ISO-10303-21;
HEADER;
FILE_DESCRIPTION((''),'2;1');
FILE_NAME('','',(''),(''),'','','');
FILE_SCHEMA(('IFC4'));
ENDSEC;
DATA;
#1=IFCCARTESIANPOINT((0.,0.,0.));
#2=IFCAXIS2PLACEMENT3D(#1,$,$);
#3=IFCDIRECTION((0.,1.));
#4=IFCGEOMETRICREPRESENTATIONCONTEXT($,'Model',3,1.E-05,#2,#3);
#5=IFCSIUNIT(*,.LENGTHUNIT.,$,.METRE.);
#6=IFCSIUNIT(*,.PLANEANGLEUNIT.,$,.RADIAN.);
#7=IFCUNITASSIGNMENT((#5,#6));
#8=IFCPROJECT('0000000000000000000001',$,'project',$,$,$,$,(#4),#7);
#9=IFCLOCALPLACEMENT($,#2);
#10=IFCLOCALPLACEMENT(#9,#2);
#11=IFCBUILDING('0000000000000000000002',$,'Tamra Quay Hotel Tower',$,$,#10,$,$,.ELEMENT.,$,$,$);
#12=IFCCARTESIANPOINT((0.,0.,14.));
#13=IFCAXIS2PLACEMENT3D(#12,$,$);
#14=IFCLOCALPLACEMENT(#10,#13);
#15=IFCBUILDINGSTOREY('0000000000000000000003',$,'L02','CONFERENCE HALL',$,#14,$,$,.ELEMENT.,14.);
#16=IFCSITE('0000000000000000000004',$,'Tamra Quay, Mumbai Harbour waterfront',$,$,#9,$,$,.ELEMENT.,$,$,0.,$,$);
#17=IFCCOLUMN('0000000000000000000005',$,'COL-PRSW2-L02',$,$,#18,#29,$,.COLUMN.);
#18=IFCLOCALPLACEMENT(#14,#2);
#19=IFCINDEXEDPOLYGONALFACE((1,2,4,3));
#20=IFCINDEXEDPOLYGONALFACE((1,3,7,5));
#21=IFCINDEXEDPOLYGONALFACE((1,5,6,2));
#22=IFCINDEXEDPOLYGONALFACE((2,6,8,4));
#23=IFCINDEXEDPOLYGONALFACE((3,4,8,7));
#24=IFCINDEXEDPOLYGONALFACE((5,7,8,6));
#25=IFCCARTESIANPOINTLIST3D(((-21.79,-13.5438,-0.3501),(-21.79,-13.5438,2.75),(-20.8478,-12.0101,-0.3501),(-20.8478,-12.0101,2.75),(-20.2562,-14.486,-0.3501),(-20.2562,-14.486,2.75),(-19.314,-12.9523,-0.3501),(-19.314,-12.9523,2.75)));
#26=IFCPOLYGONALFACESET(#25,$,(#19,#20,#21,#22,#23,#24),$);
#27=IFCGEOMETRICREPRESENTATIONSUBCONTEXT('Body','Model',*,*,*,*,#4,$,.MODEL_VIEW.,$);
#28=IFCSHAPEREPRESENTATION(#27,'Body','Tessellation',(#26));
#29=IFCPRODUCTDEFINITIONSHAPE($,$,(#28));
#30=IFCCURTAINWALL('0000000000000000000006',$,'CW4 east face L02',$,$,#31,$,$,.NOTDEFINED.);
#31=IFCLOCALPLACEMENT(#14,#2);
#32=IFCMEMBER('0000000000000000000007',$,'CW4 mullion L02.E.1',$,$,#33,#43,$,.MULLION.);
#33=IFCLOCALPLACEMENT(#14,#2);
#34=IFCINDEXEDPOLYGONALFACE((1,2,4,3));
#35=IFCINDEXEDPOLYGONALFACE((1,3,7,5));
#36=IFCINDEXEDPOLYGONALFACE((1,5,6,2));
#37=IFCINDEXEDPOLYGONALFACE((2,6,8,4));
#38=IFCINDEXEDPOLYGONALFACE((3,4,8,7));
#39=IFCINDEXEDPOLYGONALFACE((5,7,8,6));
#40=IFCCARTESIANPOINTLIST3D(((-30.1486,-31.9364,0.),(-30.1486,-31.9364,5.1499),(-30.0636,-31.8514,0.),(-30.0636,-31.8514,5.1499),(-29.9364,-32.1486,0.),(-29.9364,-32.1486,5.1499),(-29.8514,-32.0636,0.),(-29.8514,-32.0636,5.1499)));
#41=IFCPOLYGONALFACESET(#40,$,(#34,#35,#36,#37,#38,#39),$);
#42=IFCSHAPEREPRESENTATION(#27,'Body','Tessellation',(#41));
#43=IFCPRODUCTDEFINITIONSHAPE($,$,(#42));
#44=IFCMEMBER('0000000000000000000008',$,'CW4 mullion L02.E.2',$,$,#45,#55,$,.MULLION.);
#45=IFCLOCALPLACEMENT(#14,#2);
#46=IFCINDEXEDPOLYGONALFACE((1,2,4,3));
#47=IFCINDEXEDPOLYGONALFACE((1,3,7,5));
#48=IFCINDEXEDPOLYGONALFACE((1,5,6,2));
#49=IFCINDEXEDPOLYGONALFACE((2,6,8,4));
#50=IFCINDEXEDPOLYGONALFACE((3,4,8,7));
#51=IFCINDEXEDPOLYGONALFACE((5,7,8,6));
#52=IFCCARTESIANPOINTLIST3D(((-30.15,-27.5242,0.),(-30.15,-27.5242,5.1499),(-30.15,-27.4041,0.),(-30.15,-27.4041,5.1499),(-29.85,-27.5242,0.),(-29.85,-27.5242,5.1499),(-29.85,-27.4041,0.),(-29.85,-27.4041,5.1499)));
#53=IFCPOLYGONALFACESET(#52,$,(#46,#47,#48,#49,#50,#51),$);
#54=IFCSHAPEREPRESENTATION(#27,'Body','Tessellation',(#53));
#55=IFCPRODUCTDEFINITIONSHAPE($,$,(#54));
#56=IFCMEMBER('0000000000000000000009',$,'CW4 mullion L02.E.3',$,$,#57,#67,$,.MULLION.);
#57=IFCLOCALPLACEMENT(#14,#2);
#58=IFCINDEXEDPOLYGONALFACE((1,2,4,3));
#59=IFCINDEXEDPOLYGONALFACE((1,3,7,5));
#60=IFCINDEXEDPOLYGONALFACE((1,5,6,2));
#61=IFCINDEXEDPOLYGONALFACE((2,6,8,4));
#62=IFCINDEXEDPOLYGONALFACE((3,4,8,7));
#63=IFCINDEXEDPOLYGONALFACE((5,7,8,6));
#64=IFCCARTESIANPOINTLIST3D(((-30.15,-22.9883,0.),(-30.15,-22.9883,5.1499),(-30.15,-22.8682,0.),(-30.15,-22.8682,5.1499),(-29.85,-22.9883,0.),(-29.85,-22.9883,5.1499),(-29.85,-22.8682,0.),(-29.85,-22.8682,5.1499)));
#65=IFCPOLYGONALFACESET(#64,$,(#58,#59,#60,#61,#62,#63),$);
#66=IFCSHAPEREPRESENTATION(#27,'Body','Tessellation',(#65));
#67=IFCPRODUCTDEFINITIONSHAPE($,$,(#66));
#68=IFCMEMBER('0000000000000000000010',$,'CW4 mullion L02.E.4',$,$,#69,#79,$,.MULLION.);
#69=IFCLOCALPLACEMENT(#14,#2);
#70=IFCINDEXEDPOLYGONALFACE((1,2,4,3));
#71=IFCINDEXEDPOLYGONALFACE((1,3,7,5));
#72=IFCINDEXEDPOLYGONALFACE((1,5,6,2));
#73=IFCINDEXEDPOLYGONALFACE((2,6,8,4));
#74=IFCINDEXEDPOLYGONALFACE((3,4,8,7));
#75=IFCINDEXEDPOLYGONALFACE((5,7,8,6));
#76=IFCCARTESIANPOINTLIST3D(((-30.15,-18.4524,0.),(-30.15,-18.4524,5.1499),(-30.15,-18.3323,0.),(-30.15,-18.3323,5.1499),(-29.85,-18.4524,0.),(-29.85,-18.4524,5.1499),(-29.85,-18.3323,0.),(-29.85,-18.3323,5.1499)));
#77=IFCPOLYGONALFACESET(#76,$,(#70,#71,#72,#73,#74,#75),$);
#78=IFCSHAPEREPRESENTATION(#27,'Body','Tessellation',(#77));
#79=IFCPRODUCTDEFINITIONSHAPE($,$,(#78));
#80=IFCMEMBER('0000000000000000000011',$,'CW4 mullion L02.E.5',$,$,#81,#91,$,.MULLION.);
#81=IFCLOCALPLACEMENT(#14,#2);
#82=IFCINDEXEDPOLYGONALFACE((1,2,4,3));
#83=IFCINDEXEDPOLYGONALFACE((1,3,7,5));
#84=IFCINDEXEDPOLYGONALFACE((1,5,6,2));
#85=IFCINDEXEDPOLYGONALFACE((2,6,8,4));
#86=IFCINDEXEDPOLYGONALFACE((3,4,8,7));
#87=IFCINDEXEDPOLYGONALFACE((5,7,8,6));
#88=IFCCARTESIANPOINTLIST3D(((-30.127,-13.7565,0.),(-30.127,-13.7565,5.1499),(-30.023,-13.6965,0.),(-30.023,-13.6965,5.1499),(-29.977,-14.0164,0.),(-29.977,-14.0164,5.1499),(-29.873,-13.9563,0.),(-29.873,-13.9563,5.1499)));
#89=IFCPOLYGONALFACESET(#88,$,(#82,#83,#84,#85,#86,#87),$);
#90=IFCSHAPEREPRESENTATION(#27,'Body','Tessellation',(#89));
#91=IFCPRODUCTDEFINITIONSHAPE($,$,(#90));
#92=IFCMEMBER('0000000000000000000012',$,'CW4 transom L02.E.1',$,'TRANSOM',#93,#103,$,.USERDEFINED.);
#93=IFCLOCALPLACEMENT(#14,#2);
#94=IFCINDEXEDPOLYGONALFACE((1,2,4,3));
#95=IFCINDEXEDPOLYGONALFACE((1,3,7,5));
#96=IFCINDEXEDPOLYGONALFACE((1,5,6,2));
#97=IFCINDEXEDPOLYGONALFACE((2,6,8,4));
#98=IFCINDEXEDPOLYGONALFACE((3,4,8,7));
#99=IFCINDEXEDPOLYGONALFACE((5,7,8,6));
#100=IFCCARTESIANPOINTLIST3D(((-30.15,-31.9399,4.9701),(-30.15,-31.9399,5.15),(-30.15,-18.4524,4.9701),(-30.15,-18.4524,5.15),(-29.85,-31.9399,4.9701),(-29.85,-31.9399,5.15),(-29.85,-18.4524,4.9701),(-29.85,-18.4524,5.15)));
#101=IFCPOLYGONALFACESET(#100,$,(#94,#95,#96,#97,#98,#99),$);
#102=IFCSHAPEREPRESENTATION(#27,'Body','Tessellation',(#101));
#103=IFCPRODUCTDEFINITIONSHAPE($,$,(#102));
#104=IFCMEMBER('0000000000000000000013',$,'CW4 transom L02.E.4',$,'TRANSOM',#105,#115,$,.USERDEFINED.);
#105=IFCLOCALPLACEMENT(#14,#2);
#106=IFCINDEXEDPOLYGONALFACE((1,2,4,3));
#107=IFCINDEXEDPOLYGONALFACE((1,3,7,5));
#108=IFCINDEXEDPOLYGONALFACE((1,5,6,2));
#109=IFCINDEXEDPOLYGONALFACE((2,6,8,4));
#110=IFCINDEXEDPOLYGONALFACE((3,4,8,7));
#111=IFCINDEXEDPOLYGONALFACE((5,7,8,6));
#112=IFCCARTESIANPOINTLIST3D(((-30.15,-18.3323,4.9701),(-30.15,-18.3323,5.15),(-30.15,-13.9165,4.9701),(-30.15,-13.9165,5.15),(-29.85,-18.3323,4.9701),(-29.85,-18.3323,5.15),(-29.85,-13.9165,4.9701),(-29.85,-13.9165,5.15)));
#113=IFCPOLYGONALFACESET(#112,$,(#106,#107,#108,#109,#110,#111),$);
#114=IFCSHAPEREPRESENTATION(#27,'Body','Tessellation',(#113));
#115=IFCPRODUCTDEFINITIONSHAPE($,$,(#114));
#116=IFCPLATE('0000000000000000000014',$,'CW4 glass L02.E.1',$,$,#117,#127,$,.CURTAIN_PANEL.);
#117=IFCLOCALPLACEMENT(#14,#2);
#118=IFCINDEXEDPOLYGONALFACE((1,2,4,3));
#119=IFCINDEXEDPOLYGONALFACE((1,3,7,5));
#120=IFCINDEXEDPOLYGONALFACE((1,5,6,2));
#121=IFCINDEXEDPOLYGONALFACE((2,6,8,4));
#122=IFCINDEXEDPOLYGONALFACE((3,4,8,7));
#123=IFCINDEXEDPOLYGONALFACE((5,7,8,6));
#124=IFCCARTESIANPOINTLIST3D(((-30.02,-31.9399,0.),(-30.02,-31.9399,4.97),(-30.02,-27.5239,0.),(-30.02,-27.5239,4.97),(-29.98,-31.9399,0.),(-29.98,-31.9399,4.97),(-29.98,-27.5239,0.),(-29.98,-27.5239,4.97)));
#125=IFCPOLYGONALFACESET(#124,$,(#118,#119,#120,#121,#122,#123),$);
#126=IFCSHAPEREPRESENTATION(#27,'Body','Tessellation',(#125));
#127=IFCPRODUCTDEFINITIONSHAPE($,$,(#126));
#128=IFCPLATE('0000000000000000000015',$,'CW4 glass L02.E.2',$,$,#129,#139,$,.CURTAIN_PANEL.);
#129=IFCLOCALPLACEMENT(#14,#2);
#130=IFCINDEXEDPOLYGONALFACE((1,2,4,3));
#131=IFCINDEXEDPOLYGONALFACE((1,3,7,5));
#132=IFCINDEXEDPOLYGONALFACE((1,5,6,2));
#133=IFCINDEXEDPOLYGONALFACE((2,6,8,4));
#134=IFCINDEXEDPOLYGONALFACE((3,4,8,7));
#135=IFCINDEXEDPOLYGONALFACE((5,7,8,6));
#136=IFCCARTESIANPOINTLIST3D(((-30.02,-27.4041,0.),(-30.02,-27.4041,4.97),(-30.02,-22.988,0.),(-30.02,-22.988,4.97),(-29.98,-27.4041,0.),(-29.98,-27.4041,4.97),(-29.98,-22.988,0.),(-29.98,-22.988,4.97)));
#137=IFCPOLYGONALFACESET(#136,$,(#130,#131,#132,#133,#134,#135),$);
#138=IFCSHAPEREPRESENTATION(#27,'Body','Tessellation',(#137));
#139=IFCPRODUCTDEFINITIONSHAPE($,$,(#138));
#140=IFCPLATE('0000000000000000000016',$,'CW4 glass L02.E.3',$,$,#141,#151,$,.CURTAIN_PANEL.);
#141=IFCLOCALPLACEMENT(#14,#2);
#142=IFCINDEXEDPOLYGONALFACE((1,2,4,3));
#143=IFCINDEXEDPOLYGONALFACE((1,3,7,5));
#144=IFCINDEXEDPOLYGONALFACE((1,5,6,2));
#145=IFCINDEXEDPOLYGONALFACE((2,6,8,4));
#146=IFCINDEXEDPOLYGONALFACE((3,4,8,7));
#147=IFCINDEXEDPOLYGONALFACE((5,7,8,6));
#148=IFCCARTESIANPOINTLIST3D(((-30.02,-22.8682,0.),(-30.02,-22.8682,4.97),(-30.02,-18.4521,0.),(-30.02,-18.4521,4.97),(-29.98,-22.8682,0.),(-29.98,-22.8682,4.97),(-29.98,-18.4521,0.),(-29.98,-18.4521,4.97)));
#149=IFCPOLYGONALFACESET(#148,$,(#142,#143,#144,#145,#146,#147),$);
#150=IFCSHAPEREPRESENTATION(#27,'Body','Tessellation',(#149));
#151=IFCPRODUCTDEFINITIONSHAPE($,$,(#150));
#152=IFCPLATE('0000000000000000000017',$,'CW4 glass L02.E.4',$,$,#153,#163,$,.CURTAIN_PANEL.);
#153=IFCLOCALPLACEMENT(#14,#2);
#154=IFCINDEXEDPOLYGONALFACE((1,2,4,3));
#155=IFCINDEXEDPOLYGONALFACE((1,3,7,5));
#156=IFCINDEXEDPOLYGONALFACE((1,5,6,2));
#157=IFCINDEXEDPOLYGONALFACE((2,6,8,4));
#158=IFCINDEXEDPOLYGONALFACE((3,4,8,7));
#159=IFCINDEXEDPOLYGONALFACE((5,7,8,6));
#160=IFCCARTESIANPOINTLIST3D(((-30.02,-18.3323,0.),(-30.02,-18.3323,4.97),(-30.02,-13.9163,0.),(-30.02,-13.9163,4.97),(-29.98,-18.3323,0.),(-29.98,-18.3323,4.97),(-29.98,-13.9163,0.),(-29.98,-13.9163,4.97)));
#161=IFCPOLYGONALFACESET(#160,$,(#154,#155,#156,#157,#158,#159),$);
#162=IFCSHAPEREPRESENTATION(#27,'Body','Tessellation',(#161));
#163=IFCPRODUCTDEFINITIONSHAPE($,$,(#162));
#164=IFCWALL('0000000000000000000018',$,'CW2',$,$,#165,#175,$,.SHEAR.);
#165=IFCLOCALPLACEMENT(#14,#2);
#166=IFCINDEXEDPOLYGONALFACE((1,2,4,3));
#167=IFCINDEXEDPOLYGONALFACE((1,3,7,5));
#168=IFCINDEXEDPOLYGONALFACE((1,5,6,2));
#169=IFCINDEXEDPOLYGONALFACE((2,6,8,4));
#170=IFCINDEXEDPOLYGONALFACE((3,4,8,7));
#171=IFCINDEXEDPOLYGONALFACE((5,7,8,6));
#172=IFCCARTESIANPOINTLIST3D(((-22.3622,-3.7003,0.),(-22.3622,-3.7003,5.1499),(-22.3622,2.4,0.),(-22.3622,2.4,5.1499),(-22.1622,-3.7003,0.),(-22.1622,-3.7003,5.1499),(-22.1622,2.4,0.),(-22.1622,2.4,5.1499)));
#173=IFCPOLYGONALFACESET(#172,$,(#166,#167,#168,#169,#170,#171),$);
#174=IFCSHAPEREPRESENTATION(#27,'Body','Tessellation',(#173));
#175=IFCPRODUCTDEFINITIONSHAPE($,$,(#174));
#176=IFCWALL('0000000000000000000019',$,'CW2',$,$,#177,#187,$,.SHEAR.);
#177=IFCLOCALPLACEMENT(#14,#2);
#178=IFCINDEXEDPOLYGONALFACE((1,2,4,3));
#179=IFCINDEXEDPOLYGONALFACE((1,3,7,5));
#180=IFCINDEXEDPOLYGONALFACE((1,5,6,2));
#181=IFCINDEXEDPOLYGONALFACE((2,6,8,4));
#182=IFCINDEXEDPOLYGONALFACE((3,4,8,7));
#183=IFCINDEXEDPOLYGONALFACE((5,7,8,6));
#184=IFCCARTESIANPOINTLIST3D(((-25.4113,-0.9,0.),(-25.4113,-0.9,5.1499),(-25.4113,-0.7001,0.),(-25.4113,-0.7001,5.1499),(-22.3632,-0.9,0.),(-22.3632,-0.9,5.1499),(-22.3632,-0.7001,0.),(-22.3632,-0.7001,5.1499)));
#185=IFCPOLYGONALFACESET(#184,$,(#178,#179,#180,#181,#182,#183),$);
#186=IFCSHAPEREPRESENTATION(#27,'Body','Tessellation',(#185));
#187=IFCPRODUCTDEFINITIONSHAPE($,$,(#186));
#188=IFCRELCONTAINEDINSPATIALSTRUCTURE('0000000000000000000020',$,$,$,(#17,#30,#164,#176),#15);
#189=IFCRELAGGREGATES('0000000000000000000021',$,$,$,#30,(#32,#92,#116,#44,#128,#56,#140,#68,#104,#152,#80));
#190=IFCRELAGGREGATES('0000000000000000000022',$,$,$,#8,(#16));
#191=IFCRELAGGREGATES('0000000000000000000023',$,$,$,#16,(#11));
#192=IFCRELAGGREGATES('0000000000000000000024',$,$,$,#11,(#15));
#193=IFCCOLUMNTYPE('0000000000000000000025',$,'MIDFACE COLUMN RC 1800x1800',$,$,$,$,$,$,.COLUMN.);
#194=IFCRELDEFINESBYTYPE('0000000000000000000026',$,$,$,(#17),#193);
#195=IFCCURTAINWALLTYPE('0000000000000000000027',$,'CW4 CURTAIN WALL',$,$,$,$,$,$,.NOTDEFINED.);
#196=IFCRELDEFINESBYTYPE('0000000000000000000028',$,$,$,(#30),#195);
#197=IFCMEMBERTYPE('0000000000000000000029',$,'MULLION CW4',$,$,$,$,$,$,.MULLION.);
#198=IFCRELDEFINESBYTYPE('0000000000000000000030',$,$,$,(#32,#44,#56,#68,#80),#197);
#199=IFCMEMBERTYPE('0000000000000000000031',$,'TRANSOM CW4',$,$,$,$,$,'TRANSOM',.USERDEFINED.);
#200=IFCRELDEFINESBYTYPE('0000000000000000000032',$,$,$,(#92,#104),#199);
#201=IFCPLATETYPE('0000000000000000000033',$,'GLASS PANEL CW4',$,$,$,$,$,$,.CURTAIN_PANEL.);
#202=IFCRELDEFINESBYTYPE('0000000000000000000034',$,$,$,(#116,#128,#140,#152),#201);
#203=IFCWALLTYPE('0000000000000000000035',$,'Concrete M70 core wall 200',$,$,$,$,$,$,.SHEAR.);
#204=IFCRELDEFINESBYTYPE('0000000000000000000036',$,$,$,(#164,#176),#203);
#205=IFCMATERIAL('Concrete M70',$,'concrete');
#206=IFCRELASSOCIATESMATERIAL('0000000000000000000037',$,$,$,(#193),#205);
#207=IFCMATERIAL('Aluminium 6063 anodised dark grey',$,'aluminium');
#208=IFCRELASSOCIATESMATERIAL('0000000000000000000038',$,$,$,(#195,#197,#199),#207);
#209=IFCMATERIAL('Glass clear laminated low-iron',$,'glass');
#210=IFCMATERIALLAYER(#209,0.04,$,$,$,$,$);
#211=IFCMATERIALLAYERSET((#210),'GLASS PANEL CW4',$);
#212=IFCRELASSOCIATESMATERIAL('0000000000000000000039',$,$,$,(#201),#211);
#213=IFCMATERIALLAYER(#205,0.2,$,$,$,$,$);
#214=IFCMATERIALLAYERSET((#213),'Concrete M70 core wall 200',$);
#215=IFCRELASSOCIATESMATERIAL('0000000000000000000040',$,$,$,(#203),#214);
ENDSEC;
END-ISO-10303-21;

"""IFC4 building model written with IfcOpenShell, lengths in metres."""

from ifc_helpers import new_model, si_unit, direction, frame, frame_2d, origin, origin_2d, place, context, subcontext, project, spatial, rectangle, extrude, material, layer, layer_set, material_profile, profile_set, type_object, element, aggregate, save


model = new_model("IFC4")

# Units and contexts
model_context = context("Model", 3, precision=1e-05, world=origin(), true_north=direction((0.0, 1.0)))
body_context = subcontext(model_context, "Body", "Model", "MODEL_VIEW")
ifc_project = project(units=[si_unit("LENGTHUNIT", "METRE"), si_unit("PLANEANGLEUNIT", "RADIAN")], contexts=[model_context])

# Site, building, storey
site_placement = place(None, origin())
site = spatial("IfcSite", under=ifc_project, at=site_placement, Name="Tamra Quay, Mumbai Harbour waterfront", CompositionType="ELEMENT", RefElevation=0.0)
building_placement = place(site_placement, origin())
building = spatial("IfcBuilding", under=site, at=building_placement, Name="Tamra Quay Hotel Tower", CompositionType="ELEMENT")
storey_placement = place(building_placement, frame((0.0, 0.0, 14.0)))
storey = spatial("IfcBuildingStorey", under=building, at=storey_placement, Name="L02", Description="CONFERENCE HALL", CompositionType="ELEMENT", Elevation=14.0)

# Column
ifc_material_1 = material(Name="Concrete M70", Category="concrete")
ifc_material_profile_1 = material_profile(ifc_material_1, rectangle(XDim=1.8, YDim=1.8, at=origin_2d()), Name="MIDFACE COLUMN RC 1800x1800")
ifc_profile_set_1 = profile_set([ifc_material_profile_1], Name="Concrete M70")
column_type = type_object("IfcColumnType", Name="MIDFACE COLUMN RC 1800x1800", PredefinedType="COLUMN", material=ifc_profile_set_1)
column_placement = place(storey_placement, frame((-20.552, -13.248, -0.3501), z_axis=(0.0, 0.0, 1.0), x_axis=(0.52343, 0.852069, 0.0)))
element("IfcColumn", 1, at=column_placement, inside=storey, type_object=column_type, Name="COL-PRSW2-L02", PredefinedType="COLUMN", context=body_context, shape_type="SweptSolid", body=[
    extrude(rectangle(XDim=1.8, YDim=1.8, at=origin_2d()), origin(), (0.0, 0.0, 1.0), 3.1001),
])

# Curtain wall, members, plates
ifc_material_2 = material(Name="Aluminium 6063 anodised dark grey", Category="aluminium")
curtain_wall_type = type_object("IfcCurtainWallType", Name="CW4 CURTAIN WALL", PredefinedType="NOTDEFINED", material=ifc_material_2)
curtain_wall_placement = place(storey_placement, origin())
curtain_wall = element("IfcCurtainWall", 2, at=curtain_wall_placement, inside=storey, type_object=curtain_wall_type, Name="CW4 east face L02", PredefinedType="NOTDEFINED")
ifc_material_profile_2 = material_profile(ifc_material_2, rectangle(XDim=0.3, YDim=0.1201, at=origin_2d()), Name="MULLION 120X300")
ifc_profile_set_2 = profile_set([ifc_material_profile_2], Name="Aluminium 6063 anodised dark grey")
member_type_1 = type_object("IfcMemberType", Name="MULLION CW4", PredefinedType="MULLION", material=ifc_profile_set_2)
member_1_placement = place(storey_placement, frame((-30.0, -32.0, 0.0), z_axis=(0.0, 0.0, 1.0), x_axis=(0.707107, -0.707107, 0.0)))
member_1 = element("IfcMember", 3, at=member_1_placement, type_object=member_type_1, Name="CW4 mullion L02.E.1", PredefinedType="MULLION", context=body_context, shape_type="SweptSolid", body=[
    extrude(rectangle(XDim=0.3, YDim=0.1201, at=origin_2d()), origin(), (0.0, 0.0, 1.0), 5.1499),
])
member_2_placement = place(storey_placement, frame((-30.0, -27.4641, 0.0), z_axis=(0.0, 0.0, 1.0), x_axis=(1.0, 0.0, 0.0)))
member_2 = element("IfcMember", 4, at=member_2_placement, type_object=member_type_1, Name="CW4 mullion L02.E.2", PredefinedType="MULLION", context=body_context, shape_type="SweptSolid", body=[
    extrude(rectangle(XDim=0.3, YDim=0.1201, at=origin_2d()), origin(), (0.0, 0.0, 1.0), 5.1499),
])
member_3_placement = place(storey_placement, frame((-30.0, -22.9282, 0.0), z_axis=(0.0, 0.0, 1.0), x_axis=(1.0, 0.0, 0.0)))
member_3 = element("IfcMember", 5, at=member_3_placement, type_object=member_type_1, Name="CW4 mullion L02.E.3", PredefinedType="MULLION", context=body_context, shape_type="SweptSolid", body=[
    extrude(rectangle(XDim=0.3, YDim=0.1201, at=origin_2d()), origin(), (0.0, 0.0, 1.0), 5.1499),
])
member_4_placement = place(storey_placement, frame((-30.0, -18.3923, 0.0), z_axis=(0.0, 0.0, 1.0), x_axis=(1.0, 0.0, 0.0)))
member_4 = element("IfcMember", 6, at=member_4_placement, type_object=member_type_1, Name="CW4 mullion L02.E.4", PredefinedType="MULLION", context=body_context, shape_type="SweptSolid", body=[
    extrude(rectangle(XDim=0.3, YDim=0.1201, at=origin_2d()), origin(), (0.0, 0.0, 1.0), 5.1499),
])
member_5_placement = place(storey_placement, frame((-30.0, -13.8564, 0.0), z_axis=(0.0, 0.0, 1.0), x_axis=(0.5, -0.866025, 0.0)))
member_5 = element("IfcMember", 7, at=member_5_placement, type_object=member_type_1, Name="CW4 mullion L02.E.5", PredefinedType="MULLION", context=body_context, shape_type="SweptSolid", body=[
    extrude(rectangle(XDim=0.3, YDim=0.1201, at=origin_2d()), origin(), (0.0, 0.0, 1.0), 5.1499),
])
ifc_material_profile_3 = material_profile(ifc_material_2, rectangle(XDim=0.3, YDim=0.1799, at=origin_2d()), Name="TRANSOM 300X180")
ifc_profile_set_3 = profile_set([ifc_material_profile_3], Name="Aluminium 6063 anodised dark grey")
member_type_2 = type_object("IfcMemberType", Name="TRANSOM CW4", ElementType="TRANSOM", PredefinedType="USERDEFINED", material=ifc_profile_set_3)
member_6_placement = place(storey_placement, frame((-30.0, -31.9399, 5.0601), z_axis=(0.0, 1.0, 0.0), x_axis=(-1.0, 0.0, 0.0)))
member_6 = element("IfcMember", 8, at=member_6_placement, type_object=member_type_2, Name="CW4 transom L02.E.1", ObjectType="TRANSOM", PredefinedType="USERDEFINED", context=body_context, shape_type="SweptSolid", body=[
    extrude(rectangle(XDim=0.3, YDim=0.1799, at=origin_2d()), origin(), (0.0, 0.0, 1.0), 13.4875),
])
member_7_placement = place(storey_placement, frame((-30.0, -18.3323, 5.0601), z_axis=(0.0, 1.0, 0.0), x_axis=(-1.0, 0.0, 0.0)))
member_7 = element("IfcMember", 9, at=member_7_placement, type_object=member_type_2, Name="CW4 transom L02.E.4", ObjectType="TRANSOM", PredefinedType="USERDEFINED", context=body_context, shape_type="SweptSolid", body=[
    extrude(rectangle(XDim=0.3, YDim=0.1799, at=origin_2d()), origin(), (0.0, 0.0, 1.0), 4.4158),
])
ifc_material_3 = material(Name="Glass clear laminated low-iron", Category="glass")
ifc_layer_1 = layer(ifc_material_3, 0.04)
ifc_layer_set_1 = layer_set([ifc_layer_1], Name="GLASS PANEL CW4")
plate_type = type_object("IfcPlateType", Name="GLASS PANEL CW4", PredefinedType="CURTAIN_PANEL", material=ifc_layer_set_1)
plate_1_placement = place(storey_placement, frame((-30.0, -29.7319, 0.0), z_axis=(0.0, 0.0, 1.0), x_axis=(0.0, 1.0, 0.0)))
plate_1 = element("IfcPlate", 10, at=plate_1_placement, type_object=plate_type, Name="CW4 glass L02.E.1", PredefinedType="CURTAIN_PANEL", context=body_context, shape_type="SweptSolid", body=[
    extrude(rectangle(XDim=4.416, YDim=0.04, at=origin_2d()), origin(), (0.0, 0.0, 1.0), 4.97),
])
plate_2_placement = place(storey_placement, frame((-30.0, -25.196, 0.0), z_axis=(0.0, 0.0, 1.0), x_axis=(0.0, 1.0, 0.0)))
plate_2 = element("IfcPlate", 11, at=plate_2_placement, type_object=plate_type, Name="CW4 glass L02.E.2", PredefinedType="CURTAIN_PANEL", context=body_context, shape_type="SweptSolid", body=[
    extrude(rectangle(XDim=4.416, YDim=0.04, at=origin_2d()), origin(), (0.0, 0.0, 1.0), 4.97),
])
plate_3_placement = place(storey_placement, frame((-30.0, -20.6602, 0.0), z_axis=(0.0, 0.0, 1.0), x_axis=(0.0, 1.0, 0.0)))
plate_3 = element("IfcPlate", 12, at=plate_3_placement, type_object=plate_type, Name="CW4 glass L02.E.3", PredefinedType="CURTAIN_PANEL", context=body_context, shape_type="SweptSolid", body=[
    extrude(rectangle(XDim=4.416, YDim=0.04, at=origin_2d()), origin(), (0.0, 0.0, 1.0), 4.97),
])
plate_4_placement = place(storey_placement, frame((-30.0, -16.1243, 0.0), z_axis=(0.0, 0.0, 1.0), x_axis=(0.0, 1.0, 0.0)))
plate_4 = element("IfcPlate", 13, at=plate_4_placement, type_object=plate_type, Name="CW4 glass L02.E.4", PredefinedType="CURTAIN_PANEL", context=body_context, shape_type="SweptSolid", body=[
    extrude(rectangle(XDim=4.416, YDim=0.04, at=origin_2d()), origin(), (0.0, 0.0, 1.0), 4.97),
])
aggregate(curtain_wall, [member_1, member_6, plate_1, member_2, plate_2, member_3, plate_3, member_4, member_7, plate_4, member_5])

# Walls
ifc_layer_2 = layer(ifc_material_1, 0.2)
ifc_layer_set_2 = layer_set([ifc_layer_2], Name="Concrete M70 core wall 200")
wall_type_1 = type_object("IfcWallType", Name="Concrete M70 core wall 200", PredefinedType="SHEAR", material=ifc_layer_set_2)
wall_1_placement = place(storey_placement, frame((-22.2622, 2.4001, 0.0), z_axis=(0.0, 0.0, 1.0), x_axis=(0.0, -1.0, 0.0)))
element("IfcWall", 14, at=wall_1_placement, inside=storey, type_object=wall_type_1, Name="CW2", PredefinedType="SHEAR", context=body_context, shape_type="SweptSolid", body=[
    extrude(rectangle(XDim=6.1003, YDim=0.2, at=frame_2d((3.0503, 0.0))), origin(), (0.0, 0.0, 1.0), 5.1499),
])
wall_2_placement = place(storey_placement, frame((-22.3633, -0.8, 0.0), z_axis=(0.0, 0.0, 1.0), x_axis=(-1.0, 0.0, 0.0)))
element("IfcWall", 15, at=wall_2_placement, inside=storey, type_object=wall_type_1, Name="CW2", PredefinedType="SHEAR", context=body_context, shape_type="SweptSolid", body=[
    extrude(rectangle(XDim=3.0481, YDim=0.2, at=frame_2d((1.5239, 0.0))), origin(), (0.0, 0.0, 1.0), 5.1499),
])

save(model, "model.ifc")
